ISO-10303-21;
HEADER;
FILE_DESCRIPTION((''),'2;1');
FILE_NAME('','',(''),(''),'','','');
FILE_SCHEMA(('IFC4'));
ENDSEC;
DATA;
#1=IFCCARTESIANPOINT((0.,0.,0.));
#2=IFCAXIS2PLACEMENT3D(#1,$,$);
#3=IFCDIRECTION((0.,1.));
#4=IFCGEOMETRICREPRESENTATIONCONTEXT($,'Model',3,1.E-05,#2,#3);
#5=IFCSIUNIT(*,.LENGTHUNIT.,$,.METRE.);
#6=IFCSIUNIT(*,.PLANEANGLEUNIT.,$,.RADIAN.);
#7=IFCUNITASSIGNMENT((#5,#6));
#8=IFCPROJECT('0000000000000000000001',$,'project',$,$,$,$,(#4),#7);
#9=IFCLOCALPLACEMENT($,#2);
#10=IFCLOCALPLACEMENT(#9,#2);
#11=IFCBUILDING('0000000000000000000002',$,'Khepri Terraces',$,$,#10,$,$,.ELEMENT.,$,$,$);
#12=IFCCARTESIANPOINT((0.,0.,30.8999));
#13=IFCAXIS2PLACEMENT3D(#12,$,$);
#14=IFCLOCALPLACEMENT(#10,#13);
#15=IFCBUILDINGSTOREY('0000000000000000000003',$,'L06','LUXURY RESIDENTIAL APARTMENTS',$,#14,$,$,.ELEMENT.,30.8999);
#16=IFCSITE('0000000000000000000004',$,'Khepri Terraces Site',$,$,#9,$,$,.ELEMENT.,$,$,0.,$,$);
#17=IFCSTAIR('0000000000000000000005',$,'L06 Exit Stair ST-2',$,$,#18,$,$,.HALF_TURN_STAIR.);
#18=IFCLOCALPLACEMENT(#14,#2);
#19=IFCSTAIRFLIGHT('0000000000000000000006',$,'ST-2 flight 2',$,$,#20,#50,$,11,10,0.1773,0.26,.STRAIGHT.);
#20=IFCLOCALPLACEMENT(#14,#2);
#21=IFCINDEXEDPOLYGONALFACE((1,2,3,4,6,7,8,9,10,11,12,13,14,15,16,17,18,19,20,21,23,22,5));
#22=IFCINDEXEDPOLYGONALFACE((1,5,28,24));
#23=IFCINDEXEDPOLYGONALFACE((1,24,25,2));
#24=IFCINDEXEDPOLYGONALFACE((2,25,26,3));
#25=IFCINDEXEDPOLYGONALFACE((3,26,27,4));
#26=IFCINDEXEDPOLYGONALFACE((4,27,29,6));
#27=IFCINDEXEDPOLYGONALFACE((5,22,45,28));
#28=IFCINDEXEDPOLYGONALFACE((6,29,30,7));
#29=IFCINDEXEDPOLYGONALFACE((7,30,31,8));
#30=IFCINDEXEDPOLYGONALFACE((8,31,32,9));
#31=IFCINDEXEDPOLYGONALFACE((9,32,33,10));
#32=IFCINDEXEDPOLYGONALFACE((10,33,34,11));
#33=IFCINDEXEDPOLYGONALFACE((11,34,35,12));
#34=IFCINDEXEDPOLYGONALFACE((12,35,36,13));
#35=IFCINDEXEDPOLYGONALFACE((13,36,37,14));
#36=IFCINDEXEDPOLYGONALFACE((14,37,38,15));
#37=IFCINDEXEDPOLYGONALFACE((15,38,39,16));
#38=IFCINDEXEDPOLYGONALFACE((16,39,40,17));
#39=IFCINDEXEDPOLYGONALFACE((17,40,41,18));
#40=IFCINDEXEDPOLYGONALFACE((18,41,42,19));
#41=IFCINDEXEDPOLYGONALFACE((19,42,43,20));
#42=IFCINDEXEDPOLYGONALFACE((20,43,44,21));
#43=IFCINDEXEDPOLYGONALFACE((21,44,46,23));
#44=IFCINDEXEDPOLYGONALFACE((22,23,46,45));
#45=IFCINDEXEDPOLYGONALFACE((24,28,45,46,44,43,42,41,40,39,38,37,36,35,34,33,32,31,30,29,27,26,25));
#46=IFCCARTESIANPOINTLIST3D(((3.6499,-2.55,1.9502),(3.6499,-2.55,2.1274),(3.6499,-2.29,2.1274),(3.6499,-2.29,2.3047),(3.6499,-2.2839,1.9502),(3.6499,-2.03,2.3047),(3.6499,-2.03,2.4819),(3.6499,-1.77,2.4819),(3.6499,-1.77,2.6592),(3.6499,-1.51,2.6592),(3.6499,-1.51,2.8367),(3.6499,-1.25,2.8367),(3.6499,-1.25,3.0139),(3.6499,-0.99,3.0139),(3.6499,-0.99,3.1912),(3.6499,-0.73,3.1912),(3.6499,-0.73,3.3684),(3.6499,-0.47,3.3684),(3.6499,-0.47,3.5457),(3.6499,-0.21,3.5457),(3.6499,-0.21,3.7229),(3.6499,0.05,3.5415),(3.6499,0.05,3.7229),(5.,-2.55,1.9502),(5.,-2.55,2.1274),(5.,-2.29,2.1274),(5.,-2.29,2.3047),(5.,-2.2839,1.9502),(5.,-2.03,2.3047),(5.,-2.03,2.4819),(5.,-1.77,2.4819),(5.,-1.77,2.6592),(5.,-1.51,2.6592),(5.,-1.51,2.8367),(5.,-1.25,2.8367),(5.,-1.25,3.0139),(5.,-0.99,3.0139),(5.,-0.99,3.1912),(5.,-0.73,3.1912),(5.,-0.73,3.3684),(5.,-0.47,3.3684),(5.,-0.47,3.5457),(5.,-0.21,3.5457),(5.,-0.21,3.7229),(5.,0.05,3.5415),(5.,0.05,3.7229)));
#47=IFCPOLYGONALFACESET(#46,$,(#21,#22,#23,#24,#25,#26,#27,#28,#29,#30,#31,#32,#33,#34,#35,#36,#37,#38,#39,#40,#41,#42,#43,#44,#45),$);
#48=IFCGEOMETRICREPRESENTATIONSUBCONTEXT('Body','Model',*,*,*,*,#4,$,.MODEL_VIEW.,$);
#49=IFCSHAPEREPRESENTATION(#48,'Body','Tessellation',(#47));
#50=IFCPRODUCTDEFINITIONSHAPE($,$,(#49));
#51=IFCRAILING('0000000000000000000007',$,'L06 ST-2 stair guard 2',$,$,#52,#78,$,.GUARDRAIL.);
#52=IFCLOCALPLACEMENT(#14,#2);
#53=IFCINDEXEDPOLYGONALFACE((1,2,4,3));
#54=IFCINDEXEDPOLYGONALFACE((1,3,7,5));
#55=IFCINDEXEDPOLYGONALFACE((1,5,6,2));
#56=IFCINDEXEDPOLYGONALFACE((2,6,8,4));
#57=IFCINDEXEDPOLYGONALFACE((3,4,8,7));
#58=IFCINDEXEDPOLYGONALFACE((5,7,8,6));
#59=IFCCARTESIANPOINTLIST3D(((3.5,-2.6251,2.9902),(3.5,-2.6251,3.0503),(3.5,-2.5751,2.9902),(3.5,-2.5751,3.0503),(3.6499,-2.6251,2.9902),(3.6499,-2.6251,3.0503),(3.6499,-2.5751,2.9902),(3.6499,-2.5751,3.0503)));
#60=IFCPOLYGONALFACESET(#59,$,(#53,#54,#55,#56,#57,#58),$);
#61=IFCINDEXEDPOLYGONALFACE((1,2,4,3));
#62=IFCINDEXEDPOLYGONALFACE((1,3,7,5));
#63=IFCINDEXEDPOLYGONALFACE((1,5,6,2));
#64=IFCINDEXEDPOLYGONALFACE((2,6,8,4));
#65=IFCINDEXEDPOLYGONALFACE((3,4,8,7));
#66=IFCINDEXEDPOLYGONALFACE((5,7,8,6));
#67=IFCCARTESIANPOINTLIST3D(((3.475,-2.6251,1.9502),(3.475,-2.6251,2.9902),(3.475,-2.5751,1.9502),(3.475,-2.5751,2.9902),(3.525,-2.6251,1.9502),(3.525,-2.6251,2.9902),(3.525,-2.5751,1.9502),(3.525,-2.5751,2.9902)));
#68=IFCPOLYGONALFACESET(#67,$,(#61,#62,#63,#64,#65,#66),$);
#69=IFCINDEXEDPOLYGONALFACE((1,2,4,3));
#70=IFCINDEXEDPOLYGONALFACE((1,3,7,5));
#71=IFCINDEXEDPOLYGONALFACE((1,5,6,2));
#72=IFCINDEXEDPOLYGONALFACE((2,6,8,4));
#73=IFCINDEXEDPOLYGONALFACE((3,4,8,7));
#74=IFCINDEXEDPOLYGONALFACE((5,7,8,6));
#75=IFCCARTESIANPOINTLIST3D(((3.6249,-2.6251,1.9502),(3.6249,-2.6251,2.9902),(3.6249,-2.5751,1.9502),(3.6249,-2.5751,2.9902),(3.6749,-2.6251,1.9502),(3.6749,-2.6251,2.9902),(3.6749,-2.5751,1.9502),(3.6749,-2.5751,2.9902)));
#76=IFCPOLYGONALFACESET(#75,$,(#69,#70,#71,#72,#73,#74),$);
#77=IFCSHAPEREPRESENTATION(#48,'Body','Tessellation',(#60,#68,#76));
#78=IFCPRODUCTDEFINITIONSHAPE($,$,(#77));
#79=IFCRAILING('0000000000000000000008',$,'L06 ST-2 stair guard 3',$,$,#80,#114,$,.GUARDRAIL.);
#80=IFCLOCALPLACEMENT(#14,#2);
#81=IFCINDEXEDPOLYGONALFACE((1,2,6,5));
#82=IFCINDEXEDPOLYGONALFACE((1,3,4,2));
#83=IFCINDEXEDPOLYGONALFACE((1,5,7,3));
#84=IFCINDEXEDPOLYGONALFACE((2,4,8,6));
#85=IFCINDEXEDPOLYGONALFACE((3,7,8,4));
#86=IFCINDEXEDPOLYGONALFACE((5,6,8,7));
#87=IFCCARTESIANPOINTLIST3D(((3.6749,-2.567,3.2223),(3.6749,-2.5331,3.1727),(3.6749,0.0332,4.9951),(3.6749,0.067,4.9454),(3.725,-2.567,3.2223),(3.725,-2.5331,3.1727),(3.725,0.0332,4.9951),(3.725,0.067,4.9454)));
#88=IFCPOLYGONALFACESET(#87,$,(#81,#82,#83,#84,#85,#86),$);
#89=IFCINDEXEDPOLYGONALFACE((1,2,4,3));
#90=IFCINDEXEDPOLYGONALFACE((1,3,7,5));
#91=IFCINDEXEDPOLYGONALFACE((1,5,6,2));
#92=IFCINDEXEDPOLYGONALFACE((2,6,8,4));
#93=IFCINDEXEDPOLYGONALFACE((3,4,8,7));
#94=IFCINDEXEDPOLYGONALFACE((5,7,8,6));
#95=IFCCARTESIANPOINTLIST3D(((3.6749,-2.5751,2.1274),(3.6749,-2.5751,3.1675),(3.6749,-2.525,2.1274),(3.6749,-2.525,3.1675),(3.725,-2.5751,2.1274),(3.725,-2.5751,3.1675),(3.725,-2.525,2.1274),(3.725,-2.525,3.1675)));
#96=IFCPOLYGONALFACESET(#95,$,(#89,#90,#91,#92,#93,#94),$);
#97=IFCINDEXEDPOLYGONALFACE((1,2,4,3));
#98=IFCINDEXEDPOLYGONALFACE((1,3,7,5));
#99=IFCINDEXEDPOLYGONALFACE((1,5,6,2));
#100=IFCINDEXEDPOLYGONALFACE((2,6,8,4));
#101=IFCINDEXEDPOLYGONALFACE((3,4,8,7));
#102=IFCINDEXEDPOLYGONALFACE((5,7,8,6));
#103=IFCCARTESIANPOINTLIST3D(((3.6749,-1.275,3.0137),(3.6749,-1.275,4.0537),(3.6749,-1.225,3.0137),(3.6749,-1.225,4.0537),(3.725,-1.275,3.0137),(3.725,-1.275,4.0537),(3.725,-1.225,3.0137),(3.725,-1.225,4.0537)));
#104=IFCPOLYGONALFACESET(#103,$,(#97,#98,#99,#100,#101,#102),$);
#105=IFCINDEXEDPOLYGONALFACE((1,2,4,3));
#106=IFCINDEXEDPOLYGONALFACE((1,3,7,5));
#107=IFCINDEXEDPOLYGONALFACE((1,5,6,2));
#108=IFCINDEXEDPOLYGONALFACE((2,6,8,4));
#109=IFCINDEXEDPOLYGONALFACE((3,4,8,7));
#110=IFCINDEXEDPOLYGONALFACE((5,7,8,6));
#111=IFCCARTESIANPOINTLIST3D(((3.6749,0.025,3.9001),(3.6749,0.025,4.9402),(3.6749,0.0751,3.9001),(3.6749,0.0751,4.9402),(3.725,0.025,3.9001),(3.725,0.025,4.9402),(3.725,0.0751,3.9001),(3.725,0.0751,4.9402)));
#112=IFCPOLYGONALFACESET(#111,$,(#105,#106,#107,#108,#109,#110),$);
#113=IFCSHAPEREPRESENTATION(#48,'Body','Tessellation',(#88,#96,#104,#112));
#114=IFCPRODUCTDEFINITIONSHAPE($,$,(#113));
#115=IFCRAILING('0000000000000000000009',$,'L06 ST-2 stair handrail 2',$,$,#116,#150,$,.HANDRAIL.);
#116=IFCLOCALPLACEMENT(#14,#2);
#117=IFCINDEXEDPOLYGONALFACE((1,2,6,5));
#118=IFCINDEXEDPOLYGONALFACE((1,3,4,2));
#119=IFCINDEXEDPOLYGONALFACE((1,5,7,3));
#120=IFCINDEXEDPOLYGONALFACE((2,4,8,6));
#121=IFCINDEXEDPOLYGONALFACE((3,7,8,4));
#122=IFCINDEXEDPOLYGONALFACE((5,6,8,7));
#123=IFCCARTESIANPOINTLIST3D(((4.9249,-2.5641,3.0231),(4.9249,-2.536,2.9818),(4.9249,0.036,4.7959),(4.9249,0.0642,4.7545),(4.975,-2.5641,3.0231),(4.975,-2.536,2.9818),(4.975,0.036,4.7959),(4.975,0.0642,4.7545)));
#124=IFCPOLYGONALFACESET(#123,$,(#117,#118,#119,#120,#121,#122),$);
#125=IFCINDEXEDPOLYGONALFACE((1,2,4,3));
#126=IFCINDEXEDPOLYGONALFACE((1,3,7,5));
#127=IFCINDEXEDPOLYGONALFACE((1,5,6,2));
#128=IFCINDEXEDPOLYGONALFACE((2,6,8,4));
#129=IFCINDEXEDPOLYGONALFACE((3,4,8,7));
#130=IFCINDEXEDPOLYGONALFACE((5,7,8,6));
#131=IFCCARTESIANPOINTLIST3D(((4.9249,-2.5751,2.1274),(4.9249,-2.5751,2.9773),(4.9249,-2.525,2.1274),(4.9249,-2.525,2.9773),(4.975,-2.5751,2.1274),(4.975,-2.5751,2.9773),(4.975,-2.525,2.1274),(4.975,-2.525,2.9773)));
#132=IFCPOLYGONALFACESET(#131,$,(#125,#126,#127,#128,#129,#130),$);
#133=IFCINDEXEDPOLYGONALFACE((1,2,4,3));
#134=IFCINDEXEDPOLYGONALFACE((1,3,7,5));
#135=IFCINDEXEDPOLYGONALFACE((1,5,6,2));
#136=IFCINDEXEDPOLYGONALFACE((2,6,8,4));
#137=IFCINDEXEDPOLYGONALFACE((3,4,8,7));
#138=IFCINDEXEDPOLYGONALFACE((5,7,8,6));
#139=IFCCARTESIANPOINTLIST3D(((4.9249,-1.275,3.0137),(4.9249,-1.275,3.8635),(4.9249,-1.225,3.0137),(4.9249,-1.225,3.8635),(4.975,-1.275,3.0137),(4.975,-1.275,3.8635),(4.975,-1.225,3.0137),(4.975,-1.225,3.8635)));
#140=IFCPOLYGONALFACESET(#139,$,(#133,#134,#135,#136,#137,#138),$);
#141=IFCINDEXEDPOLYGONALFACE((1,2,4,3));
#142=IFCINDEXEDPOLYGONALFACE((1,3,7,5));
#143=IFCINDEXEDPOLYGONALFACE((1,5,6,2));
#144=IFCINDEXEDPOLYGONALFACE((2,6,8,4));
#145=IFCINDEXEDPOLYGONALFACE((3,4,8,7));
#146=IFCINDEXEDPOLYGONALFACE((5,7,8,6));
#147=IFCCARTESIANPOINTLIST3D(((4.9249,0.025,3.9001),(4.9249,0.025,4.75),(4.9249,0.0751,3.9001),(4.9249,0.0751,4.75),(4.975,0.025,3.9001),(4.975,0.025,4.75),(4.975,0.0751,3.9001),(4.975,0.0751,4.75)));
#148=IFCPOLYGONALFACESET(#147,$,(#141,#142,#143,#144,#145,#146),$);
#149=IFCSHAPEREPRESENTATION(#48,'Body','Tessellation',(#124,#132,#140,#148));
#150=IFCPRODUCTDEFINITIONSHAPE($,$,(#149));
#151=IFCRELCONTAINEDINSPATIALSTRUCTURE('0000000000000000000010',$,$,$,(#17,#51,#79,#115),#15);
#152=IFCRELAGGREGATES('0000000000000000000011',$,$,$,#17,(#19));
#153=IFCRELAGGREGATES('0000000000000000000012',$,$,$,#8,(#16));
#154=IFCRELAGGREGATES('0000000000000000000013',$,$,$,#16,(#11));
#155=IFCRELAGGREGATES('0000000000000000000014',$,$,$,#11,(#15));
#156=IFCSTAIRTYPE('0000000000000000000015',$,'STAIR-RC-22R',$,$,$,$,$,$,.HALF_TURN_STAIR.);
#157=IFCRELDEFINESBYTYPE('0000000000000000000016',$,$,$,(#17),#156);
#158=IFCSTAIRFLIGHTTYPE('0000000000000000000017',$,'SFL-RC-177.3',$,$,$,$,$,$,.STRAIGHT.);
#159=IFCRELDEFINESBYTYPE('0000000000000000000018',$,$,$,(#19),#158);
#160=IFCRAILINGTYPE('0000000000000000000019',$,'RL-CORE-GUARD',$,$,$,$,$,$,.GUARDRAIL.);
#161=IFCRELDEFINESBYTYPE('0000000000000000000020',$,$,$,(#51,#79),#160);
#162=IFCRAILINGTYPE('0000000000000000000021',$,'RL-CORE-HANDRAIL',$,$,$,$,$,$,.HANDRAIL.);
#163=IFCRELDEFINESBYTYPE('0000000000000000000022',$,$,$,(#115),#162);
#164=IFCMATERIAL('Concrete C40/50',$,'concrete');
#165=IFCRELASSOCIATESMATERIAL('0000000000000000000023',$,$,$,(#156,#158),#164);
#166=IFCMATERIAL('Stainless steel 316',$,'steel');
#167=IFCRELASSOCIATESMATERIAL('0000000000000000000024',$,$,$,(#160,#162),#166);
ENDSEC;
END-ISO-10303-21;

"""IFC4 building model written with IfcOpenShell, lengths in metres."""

from ifc_helpers import new_model, si_unit, direction, frame, origin, origin_2d, place, context, subcontext, project, spatial, polyline, rectangle, outline, extrude, material, type_object, element, aggregate, save


model = new_model("IFC4")

# Units and contexts
model_context = context("Model", 3, precision=1e-05, world=origin(), true_north=direction((0.0, 1.0)))
body_context = subcontext(model_context, "Body", "Model", "MODEL_VIEW")
ifc_project = project(units=[si_unit("LENGTHUNIT", "METRE"), si_unit("PLANEANGLEUNIT", "RADIAN")], contexts=[model_context])

# Site, building, storey
site_placement = place(None, origin())
site = spatial("IfcSite", under=ifc_project, at=site_placement, Name="Khepri Terraces Site", CompositionType="ELEMENT", RefElevation=0.0)
building_placement = place(site_placement, origin())
building = spatial("IfcBuilding", under=site, at=building_placement, Name="Khepri Terraces", CompositionType="ELEMENT")
storey_placement = place(building_placement, frame((0.0, 0.0, 30.8999)))
storey = spatial("IfcBuildingStorey", under=building, at=storey_placement, Name="L06", Description="LUXURY RESIDENTIAL APARTMENTS", CompositionType="ELEMENT", Elevation=30.8999)

# Stair, stair flight
ifc_material_1 = material(Name="Concrete C40/50", Category="concrete")
stair_type = type_object("IfcStairType", Name="STAIR-RC-22R", PredefinedType="HALF_TURN_STAIR", material=ifc_material_1)
stair_placement = place(storey_placement, origin())
stair = element("IfcStair", 1, at=stair_placement, inside=storey, type_object=stair_type, Name="L06 Exit Stair ST-2", PredefinedType="HALF_TURN_STAIR")
stair_flight_type = type_object("IfcStairFlightType", Name="SFL-RC-177.3", PredefinedType="STRAIGHT", material=ifc_material_1)
stair_flight_placement = place(storey_placement, frame((4.325, -2.55, 1.9502), z_axis=(0.0, 0.0, 1.0), x_axis=(0.0, 1.0, 0.0)))
stair_flight = element("IfcStairFlight", 2, at=stair_flight_placement, type_object=stair_flight_type, Name="ST-2 flight 2", NumberOfRisers=11, NumberOfTreads=10, PredefinedType="STRAIGHT", RiserHeight=0.1773, TreadLength=0.26, context=body_context, shape_type="SweptSolid", body=[
    extrude(outline(polyline([(0.0, 0.0), (0.0, 0.1772), (0.26, 0.1772), (0.26, 0.3545), (0.52, 0.3545), (0.52, 0.5317), (0.78, 0.5317), (0.78, 0.709), (1.04, 0.709), (1.04, 0.8865), (1.3, 0.8865), (1.3, 1.0637), (1.5601, 1.0637), (1.5601, 1.241), (1.8201, 1.241), (1.8201, 1.4182), (2.0801, 1.4182), (2.0801, 1.5955), (2.3401, 1.5955), (2.3401, 1.7727), (2.6001, 1.7727), (2.6001, 1.95), (2.6001, 1.5913), (0.2661, 0.0), (0.0, 0.0)])), frame((0.0, 0.675, 0.0), z_axis=(0.0, -1.0, 0.0), x_axis=(1.0, 0.0, 0.0)), (0.0, 0.0, 1.0), 1.3501),
])
aggregate(stair, [stair_flight])

# Railings
ifc_material_2 = material(Name="Stainless steel 316", Category="steel")
railing_type_1 = type_object("IfcRailingType", Name="RL-CORE-GUARD", PredefinedType="GUARDRAIL", material=ifc_material_2)
railing_1_placement = place(storey_placement, frame((3.5, -2.6001, 1.9502)))
element("IfcRailing", 3, at=railing_1_placement, inside=storey, type_object=railing_type_1, Name="L06 ST-2 stair guard 2", PredefinedType="GUARDRAIL", context=body_context, shape_type="SweptSolid", body=[
    extrude(rectangle(XDim=0.05, YDim=0.0601, at=origin_2d()), frame((0.0, 0.0, 1.0701), z_axis=(1.0, 0.0, 0.0), x_axis=(0.0, 1.0, 0.0)), (0.0, 0.0, 1.0), 0.1499),
    extrude(rectangle(XDim=0.05, YDim=0.05, at=origin_2d()), origin(), (0.0, 0.0, 1.0), 1.04),
    extrude(rectangle(XDim=0.05, YDim=0.05, at=origin_2d()), frame((0.1499, 0.0, 0.0)), (0.0, 0.0, 1.0), 1.04),
])
railing_2_placement = place(storey_placement, frame((3.7, -2.55, 2.1274)))
element("IfcRailing", 4, at=railing_2_placement, inside=storey, type_object=railing_type_1, Name="L06 ST-2 stair guard 3", PredefinedType="GUARDRAIL", context=body_context, shape_type="SweptSolid", body=[
    extrude(rectangle(XDim=0.05, YDim=0.0601, at=origin_2d()), frame((0.0, 0.0, 1.0701), z_axis=(0.0, 0.82624, 0.563318), x_axis=(-1.0, 0.0, 0.0)), (0.0, 0.0, 1.0), 3.147),
    extrude(rectangle(XDim=0.05, YDim=0.05, at=origin_2d()), origin(), (0.0, 0.0, 1.0), 1.04),
    extrude(rectangle(XDim=0.05, YDim=0.05, at=origin_2d()), frame((0.0, 1.3, 0.8862)), (0.0, 0.0, 1.0), 1.04),
    extrude(rectangle(XDim=0.05, YDim=0.05, at=origin_2d()), frame((0.0, 2.6001, 1.7727)), (0.0, 0.0, 1.0), 1.04),
])
railing_type_2 = type_object("IfcRailingType", Name="RL-CORE-HANDRAIL", PredefinedType="HANDRAIL", material=ifc_material_2)
railing_3_placement = place(storey_placement, frame((4.95, -2.55, 2.1274)))
element("IfcRailing", 5, at=railing_3_placement, inside=storey, type_object=railing_type_2, Name="L06 ST-2 stair handrail 2", PredefinedType="HANDRAIL", context=body_context, shape_type="SweptSolid", body=[
    extrude(rectangle(XDim=0.05, YDim=0.05, at=origin_2d()), frame((0.0, 0.0, 0.875), z_axis=(0.0, 0.82624, 0.563318), x_axis=(-1.0, 0.0, 0.0)), (0.0, 0.0, 1.0), 3.147),
    extrude(rectangle(XDim=0.05, YDim=0.05, at=origin_2d()), origin(), (0.0, 0.0, 1.0), 0.8499),
    extrude(rectangle(XDim=0.05, YDim=0.05, at=origin_2d()), frame((0.0, 1.3, 0.8862)), (0.0, 0.0, 1.0), 0.8499),
    extrude(rectangle(XDim=0.05, YDim=0.05, at=origin_2d()), frame((0.0, 2.6001, 1.7727)), (0.0, 0.0, 1.0), 0.8499),
])

save(model, "model.ifc")
